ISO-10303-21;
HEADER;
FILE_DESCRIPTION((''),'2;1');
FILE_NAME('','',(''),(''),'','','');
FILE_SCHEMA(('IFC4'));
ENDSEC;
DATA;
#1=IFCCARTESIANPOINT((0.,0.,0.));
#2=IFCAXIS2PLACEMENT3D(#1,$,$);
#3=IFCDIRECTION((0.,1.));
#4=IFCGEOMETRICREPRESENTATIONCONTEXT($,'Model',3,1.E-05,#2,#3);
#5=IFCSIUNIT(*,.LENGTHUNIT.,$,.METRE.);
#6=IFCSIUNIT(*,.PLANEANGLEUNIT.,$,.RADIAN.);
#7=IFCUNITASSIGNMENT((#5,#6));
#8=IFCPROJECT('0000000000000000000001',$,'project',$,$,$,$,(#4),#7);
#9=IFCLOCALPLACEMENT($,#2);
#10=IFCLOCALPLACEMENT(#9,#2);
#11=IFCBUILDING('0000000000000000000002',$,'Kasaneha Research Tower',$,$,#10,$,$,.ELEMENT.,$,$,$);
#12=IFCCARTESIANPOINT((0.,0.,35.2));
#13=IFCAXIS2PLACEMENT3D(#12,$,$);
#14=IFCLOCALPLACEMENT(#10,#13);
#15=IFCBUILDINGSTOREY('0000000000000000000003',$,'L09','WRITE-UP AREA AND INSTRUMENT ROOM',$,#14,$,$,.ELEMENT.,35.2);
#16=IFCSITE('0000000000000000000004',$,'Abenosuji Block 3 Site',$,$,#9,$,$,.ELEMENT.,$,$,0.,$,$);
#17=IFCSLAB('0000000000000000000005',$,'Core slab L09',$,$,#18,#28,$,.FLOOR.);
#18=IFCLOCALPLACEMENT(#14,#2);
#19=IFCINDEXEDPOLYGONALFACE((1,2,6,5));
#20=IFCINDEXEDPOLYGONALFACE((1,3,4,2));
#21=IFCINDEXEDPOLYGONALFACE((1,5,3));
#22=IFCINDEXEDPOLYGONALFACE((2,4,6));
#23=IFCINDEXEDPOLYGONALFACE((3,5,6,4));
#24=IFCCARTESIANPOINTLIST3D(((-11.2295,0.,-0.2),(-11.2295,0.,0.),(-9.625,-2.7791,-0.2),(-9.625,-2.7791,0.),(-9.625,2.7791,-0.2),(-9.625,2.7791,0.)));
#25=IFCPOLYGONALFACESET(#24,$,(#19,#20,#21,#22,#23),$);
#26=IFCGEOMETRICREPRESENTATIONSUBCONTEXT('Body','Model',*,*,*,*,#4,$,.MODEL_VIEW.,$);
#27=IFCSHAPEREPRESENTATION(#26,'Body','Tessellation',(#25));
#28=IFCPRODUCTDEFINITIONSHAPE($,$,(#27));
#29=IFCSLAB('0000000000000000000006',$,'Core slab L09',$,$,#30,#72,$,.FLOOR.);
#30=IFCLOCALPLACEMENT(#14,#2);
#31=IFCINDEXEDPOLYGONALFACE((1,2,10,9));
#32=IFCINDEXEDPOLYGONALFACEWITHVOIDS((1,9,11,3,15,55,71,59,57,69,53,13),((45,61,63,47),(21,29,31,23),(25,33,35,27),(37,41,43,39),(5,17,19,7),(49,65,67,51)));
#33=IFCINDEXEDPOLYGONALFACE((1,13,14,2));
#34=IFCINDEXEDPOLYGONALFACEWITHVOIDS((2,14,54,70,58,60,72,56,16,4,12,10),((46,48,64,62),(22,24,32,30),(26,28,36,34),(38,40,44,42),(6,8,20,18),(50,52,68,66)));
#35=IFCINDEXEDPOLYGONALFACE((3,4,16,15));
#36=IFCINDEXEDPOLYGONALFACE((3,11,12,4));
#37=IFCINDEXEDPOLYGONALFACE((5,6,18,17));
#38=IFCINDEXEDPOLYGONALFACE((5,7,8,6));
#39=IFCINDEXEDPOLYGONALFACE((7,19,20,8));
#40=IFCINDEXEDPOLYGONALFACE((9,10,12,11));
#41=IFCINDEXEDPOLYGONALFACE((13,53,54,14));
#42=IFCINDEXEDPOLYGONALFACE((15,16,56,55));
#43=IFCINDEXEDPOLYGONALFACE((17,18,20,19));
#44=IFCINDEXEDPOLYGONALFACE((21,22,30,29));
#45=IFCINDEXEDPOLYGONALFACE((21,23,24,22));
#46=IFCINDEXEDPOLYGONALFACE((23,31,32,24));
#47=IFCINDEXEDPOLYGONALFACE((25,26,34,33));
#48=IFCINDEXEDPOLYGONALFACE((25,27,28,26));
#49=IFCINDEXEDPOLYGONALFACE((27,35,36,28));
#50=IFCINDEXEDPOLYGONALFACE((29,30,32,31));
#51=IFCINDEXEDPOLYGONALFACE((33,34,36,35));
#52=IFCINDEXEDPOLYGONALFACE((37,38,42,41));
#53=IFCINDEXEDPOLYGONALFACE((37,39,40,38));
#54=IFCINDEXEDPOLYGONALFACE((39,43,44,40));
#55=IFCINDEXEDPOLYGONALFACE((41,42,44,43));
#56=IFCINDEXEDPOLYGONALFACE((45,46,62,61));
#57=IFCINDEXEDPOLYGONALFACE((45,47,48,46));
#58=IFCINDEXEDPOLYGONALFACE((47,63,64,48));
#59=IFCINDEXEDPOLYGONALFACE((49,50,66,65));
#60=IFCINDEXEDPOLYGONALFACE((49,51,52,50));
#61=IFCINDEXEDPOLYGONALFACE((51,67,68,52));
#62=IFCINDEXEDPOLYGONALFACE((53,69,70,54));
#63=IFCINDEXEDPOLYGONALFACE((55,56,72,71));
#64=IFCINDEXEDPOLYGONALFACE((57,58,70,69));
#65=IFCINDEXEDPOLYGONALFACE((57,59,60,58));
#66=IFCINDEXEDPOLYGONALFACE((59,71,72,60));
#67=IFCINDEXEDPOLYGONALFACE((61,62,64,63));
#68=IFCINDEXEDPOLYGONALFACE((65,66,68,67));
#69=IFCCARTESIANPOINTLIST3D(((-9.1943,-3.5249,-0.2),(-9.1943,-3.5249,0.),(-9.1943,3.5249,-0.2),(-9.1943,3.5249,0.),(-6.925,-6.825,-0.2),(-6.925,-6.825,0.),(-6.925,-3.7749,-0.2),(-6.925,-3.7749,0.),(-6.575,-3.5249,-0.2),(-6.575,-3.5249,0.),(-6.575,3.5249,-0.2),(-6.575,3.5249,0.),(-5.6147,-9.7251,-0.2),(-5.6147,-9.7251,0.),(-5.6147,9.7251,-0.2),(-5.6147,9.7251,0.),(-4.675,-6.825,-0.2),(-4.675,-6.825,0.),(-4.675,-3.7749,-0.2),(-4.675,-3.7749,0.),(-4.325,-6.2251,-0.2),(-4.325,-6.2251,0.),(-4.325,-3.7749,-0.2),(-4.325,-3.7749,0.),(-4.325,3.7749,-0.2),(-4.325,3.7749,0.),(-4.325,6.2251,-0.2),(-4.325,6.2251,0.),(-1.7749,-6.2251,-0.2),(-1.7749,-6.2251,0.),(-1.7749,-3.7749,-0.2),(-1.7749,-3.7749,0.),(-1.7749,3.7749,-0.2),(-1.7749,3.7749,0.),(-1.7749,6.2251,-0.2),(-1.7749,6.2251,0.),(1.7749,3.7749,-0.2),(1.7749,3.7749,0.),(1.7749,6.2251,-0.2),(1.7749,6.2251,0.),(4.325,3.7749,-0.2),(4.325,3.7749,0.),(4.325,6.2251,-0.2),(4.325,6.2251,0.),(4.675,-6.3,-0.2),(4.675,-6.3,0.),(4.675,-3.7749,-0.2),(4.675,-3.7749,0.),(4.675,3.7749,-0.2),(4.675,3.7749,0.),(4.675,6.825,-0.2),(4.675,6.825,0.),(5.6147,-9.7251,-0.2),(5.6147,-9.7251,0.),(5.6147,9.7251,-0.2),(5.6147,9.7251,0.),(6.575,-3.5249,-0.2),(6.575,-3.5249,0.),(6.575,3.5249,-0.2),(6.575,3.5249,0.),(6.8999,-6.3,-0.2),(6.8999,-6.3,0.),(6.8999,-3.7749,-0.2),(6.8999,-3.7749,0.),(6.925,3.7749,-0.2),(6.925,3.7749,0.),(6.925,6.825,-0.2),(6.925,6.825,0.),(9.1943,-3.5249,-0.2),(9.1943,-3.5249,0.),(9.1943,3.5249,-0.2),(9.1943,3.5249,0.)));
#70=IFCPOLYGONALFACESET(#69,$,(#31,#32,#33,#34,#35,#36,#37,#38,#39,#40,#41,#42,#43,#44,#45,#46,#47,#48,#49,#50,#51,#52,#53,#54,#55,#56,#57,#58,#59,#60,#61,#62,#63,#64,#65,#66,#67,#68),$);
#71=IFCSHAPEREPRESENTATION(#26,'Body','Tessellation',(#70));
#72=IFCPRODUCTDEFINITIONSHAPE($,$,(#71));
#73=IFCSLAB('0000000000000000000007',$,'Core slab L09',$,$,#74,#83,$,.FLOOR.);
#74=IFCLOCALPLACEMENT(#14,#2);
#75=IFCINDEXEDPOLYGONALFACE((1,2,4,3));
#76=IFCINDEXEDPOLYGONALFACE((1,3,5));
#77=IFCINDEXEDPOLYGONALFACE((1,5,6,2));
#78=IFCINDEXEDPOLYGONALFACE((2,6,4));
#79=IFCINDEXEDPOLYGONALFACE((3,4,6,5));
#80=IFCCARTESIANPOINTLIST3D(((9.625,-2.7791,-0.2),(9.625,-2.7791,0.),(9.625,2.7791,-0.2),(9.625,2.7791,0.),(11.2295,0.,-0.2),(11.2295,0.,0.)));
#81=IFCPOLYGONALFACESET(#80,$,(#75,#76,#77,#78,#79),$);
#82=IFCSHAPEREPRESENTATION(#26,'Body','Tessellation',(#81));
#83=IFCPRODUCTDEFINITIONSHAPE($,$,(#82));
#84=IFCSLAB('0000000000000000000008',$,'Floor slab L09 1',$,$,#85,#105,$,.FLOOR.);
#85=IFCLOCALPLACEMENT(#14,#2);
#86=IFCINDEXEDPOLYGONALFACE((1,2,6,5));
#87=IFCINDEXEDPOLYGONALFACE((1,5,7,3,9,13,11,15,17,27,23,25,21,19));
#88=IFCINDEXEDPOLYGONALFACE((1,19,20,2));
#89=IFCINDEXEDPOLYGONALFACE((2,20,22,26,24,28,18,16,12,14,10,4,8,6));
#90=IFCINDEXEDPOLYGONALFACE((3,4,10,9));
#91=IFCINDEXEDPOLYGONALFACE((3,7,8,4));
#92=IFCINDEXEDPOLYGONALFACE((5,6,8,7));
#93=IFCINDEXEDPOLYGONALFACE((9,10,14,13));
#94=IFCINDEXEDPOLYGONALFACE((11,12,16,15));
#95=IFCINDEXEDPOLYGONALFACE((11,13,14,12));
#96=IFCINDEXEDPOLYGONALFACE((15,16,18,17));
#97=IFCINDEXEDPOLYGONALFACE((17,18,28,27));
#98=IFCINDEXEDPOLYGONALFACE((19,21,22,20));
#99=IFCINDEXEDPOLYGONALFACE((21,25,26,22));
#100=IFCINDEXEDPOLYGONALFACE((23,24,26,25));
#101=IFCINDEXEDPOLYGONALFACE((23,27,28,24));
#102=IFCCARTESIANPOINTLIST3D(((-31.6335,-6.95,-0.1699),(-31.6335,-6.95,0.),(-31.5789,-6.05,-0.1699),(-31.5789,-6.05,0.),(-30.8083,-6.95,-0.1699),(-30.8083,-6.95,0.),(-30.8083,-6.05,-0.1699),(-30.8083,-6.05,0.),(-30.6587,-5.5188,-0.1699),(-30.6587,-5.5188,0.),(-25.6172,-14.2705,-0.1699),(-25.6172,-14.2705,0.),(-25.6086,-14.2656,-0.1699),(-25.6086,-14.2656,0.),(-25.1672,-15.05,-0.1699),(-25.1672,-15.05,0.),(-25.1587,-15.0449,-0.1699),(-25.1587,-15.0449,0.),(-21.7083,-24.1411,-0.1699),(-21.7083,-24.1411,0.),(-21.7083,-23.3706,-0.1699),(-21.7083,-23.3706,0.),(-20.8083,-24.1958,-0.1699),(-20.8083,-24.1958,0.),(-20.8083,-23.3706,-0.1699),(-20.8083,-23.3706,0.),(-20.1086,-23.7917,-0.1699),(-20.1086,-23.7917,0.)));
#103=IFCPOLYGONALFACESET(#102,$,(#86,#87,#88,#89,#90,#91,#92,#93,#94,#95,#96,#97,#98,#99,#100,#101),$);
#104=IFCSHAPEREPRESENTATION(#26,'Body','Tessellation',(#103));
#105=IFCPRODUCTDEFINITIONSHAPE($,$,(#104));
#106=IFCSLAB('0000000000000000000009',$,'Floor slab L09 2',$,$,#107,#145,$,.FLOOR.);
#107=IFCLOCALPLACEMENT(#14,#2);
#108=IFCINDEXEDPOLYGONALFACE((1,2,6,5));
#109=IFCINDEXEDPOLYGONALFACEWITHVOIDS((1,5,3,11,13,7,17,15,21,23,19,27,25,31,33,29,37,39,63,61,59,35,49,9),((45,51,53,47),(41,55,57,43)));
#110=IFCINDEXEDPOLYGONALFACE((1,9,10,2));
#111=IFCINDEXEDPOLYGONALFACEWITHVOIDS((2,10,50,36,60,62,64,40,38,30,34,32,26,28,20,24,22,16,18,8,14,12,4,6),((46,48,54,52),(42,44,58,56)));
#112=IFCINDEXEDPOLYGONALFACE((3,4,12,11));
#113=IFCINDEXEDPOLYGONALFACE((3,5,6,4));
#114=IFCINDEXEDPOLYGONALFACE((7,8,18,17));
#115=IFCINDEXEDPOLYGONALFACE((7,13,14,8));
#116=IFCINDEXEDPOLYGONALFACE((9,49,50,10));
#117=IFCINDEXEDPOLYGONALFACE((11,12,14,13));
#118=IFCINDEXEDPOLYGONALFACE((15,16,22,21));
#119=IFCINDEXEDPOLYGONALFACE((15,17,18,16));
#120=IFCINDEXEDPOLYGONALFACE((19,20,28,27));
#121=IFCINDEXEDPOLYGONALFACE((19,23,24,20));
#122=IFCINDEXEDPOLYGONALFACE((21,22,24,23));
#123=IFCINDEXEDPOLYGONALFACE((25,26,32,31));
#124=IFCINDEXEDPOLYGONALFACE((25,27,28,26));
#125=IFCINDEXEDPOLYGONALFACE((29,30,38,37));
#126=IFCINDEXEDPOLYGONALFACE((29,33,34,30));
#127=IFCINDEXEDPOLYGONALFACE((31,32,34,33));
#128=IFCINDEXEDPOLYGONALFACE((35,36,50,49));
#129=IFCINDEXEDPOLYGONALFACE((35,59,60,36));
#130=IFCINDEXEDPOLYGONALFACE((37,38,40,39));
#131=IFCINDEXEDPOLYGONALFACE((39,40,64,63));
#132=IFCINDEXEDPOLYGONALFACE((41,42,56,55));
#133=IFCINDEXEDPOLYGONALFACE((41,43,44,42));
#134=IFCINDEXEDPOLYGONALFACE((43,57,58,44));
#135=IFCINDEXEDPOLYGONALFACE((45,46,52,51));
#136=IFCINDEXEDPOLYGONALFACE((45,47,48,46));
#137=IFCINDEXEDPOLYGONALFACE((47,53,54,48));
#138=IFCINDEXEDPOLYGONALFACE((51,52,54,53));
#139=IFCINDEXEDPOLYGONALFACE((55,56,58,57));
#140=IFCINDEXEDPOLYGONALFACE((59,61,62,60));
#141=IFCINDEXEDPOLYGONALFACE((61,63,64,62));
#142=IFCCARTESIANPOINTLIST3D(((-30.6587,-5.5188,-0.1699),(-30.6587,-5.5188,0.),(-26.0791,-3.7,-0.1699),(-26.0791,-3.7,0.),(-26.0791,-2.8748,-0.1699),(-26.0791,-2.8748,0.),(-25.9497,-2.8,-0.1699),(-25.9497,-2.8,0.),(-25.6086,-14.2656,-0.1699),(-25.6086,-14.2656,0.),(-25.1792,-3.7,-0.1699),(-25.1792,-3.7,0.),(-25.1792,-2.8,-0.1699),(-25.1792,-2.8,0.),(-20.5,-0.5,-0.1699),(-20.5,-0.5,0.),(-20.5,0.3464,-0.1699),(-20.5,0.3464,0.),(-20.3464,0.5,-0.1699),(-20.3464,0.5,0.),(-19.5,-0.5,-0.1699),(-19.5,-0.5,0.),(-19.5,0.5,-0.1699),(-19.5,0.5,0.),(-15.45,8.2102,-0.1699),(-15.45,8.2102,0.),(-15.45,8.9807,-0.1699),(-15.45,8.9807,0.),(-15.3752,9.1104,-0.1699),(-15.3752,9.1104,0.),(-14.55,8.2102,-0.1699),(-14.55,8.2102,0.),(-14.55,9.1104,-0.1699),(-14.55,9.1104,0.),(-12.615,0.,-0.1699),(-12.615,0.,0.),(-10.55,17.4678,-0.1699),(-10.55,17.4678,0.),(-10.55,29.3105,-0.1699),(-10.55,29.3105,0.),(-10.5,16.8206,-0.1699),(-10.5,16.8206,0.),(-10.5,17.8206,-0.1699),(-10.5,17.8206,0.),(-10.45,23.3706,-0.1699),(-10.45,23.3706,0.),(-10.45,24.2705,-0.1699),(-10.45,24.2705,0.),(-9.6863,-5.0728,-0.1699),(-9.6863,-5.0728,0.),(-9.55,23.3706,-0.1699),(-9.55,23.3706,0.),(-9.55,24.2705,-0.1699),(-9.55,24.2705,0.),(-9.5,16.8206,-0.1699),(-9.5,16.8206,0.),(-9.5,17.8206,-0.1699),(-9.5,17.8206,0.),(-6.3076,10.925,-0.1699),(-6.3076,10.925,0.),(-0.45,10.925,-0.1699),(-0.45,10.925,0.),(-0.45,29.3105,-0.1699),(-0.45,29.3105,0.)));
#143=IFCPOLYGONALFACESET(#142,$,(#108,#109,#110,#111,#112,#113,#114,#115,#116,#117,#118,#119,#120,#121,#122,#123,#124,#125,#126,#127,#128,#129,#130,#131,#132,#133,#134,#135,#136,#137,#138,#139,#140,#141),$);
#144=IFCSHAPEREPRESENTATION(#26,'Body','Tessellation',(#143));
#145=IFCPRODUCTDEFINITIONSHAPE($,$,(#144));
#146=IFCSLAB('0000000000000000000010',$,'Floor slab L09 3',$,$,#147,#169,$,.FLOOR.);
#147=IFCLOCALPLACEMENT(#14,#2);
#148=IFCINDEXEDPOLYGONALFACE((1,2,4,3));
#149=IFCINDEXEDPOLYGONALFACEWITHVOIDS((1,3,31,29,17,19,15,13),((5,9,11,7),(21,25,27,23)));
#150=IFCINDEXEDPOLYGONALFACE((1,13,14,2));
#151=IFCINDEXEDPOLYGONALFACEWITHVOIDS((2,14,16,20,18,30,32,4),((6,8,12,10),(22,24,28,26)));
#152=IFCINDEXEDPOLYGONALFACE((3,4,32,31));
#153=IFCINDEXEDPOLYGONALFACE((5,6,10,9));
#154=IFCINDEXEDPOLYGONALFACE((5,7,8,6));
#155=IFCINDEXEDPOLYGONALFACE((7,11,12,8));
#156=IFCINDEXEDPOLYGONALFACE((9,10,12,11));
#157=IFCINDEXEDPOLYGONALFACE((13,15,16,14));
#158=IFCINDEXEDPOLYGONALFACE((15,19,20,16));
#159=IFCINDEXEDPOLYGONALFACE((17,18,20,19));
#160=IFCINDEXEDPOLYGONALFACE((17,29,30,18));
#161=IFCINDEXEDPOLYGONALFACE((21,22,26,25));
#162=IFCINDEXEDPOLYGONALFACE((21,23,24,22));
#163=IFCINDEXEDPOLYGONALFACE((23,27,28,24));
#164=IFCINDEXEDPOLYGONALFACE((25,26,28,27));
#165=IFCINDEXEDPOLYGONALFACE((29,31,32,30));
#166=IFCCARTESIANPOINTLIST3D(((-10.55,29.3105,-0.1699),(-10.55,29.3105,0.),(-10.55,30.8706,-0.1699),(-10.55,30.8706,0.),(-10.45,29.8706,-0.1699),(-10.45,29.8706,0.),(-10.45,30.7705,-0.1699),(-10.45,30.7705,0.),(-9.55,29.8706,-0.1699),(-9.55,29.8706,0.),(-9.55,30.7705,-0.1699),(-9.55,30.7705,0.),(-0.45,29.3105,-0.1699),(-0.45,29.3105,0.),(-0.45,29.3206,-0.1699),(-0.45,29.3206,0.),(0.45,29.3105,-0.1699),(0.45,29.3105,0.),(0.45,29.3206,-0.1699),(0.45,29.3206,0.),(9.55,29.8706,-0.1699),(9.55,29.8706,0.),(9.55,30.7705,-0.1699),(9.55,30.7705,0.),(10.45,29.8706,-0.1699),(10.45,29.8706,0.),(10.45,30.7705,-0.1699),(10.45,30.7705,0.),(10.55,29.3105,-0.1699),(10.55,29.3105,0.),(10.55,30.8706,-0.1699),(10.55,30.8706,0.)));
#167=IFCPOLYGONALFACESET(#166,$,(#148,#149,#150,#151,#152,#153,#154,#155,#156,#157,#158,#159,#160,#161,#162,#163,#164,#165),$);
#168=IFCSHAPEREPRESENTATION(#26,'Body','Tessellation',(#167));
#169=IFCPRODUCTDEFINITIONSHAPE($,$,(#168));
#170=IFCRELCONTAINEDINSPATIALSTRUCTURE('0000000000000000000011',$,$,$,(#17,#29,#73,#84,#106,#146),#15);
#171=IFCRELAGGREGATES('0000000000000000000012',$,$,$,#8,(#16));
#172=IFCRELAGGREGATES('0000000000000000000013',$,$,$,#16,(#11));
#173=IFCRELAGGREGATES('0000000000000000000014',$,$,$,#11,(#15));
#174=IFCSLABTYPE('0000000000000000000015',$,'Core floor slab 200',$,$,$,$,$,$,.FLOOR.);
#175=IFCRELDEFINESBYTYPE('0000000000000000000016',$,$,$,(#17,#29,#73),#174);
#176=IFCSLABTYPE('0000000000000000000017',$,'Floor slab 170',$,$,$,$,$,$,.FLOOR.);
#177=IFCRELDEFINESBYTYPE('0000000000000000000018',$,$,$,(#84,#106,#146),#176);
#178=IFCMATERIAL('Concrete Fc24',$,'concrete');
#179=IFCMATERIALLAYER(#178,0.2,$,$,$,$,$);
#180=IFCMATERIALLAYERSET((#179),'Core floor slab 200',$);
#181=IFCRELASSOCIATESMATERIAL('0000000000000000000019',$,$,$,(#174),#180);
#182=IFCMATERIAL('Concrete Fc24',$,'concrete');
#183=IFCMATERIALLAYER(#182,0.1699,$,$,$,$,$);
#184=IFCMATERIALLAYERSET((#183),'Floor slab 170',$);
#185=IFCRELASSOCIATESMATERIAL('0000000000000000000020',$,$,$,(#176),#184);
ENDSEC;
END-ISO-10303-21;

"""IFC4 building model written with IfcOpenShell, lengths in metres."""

from ifc_helpers import new_model, si_unit, direction, frame, origin, place, context, subcontext, project, spatial, polyline, outline, extrude, material, layer, layer_set, type_object, element, save


model = new_model("IFC4")

# Units and contexts
model_context = context("Model", 3, precision=1e-05, world=origin(), true_north=direction((0.0, 1.0)))
body_context = subcontext(model_context, "Body", "Model", "MODEL_VIEW")
ifc_project = project(units=[si_unit("LENGTHUNIT", "METRE"), si_unit("PLANEANGLEUNIT", "RADIAN")], contexts=[model_context])

# Site, building, storey
site_placement = place(None, origin())
site = spatial("IfcSite", under=ifc_project, at=site_placement, Name="Abenosuji Block 3 Site", CompositionType="ELEMENT", RefElevation=0.0)
building_placement = place(site_placement, origin())
building = spatial("IfcBuilding", under=site, at=building_placement, Name="Kasaneha Research Tower", CompositionType="ELEMENT")
storey_placement = place(building_placement, frame((0.0, 0.0, 35.2)))
storey = spatial("IfcBuildingStorey", under=building, at=storey_placement, Name="L09", Description="WRITE-UP AREA AND INSTRUMENT ROOM", CompositionType="ELEMENT", Elevation=35.2)

# Slabs
ifc_material_1 = material(Name="Concrete Fc24", Category="concrete")
ifc_layer_1 = layer(ifc_material_1, 0.2)
ifc_layer_set_1 = layer_set([ifc_layer_1], Name="Core floor slab 200")
slab_type_1 = type_object("IfcSlabType", Name="Core floor slab 200", PredefinedType="FLOOR", material=ifc_layer_set_1)
slab_1_placement = place(storey_placement, frame((0.0, 0.0, -0.2)))
element("IfcSlab", 1, at=slab_1_placement, inside=storey, type_object=slab_type_1, Name="Core slab L09", PredefinedType="FLOOR", context=body_context, shape_type="SweptSolid", body=[
    extrude(outline(polyline([(-11.2295, 0.0), (-9.625, 2.7791), (-9.625, -2.7791), (-11.2295, 0.0)])), origin(), (0.0, 0.0, 1.0), 0.2),
])
slab_2_placement = place(storey_placement, frame((0.0, 0.0, -0.2)))
element("IfcSlab", 2, at=slab_2_placement, inside=storey, type_object=slab_type_1, Name="Core slab L09", PredefinedType="FLOOR", context=body_context, shape_type="SweptSolid", body=[
    extrude(outline(polyline([(-5.6147, 9.7251), (5.6147, 9.7251), (9.1943, 3.5249), (6.575, 3.5249), (6.575, -3.5249), (9.1943, -3.5249), (5.6147, -9.7251), (-5.6147, -9.7251), (-9.1943, -3.5249), (-6.575, -3.5249), (-6.575, 3.5249), (-9.1943, 3.5249), (-5.6147, 9.7251)]), holes=[polyline([(-6.925, -3.7749), (-6.925, -6.825), (-4.675, -6.825), (-4.675, -3.7749), (-6.925, -3.7749)]), polyline([(4.675, -3.7749), (4.675, -6.3), (6.8999, -6.3), (6.8999, -3.7749), (4.675, -3.7749)]), polyline([(-4.325, -3.7749), (-4.325, -6.2251), (-1.7749, -6.2251), (-1.7749, -3.7749), (-4.325, -3.7749)]), polyline([(-4.325, 6.2251), (-4.325, 3.7749), (-1.7749, 3.7749), (-1.7749, 6.2251), (-4.325, 6.2251)]), polyline([(1.7749, 6.2251), (1.7749, 3.7749), (4.325, 3.7749), (4.325, 6.2251), (1.7749, 6.2251)]), polyline([(4.675, 6.825), (4.675, 3.7749), (6.925, 3.7749), (6.925, 6.825), (4.675, 6.825)])]), origin(), (0.0, 0.0, 1.0), 0.2),
])
slab_3_placement = place(storey_placement, frame((0.0, 0.0, -0.2)))
element("IfcSlab", 3, at=slab_3_placement, inside=storey, type_object=slab_type_1, Name="Core slab L09", PredefinedType="FLOOR", context=body_context, shape_type="SweptSolid", body=[
    extrude(outline(polyline([(11.2295, 0.0), (9.625, -2.7791), (9.625, 2.7791), (11.2295, 0.0)])), origin(), (0.0, 0.0, 1.0), 0.2),
])
ifc_material_2 = material(Name="Concrete Fc24", Category="concrete")
ifc_layer_2 = layer(ifc_material_2, 0.1699)
ifc_layer_set_2 = layer_set([ifc_layer_2], Name="Floor slab 170")
slab_type_2 = type_object("IfcSlabType", Name="Floor slab 170", PredefinedType="FLOOR", material=ifc_layer_set_2)
slab_4_placement = place(storey_placement, frame((0.0, 0.0, -0.1699)))
element("IfcSlab", 4, at=slab_4_placement, inside=storey, type_object=slab_type_2, Name="Floor slab L09 1", PredefinedType="FLOOR", context=body_context, shape_type="SweptSolid", body=[
    extrude(outline(polyline([(-25.1672, -15.05), (-25.1587, -15.0449), (-20.1086, -23.7917), (-20.8083, -24.1958), (-20.8083, -23.3706), (-21.7083, -23.3706), (-21.7083, -24.1411), (-31.6335, -6.95), (-30.8083, -6.95), (-30.8083, -6.05), (-31.5789, -6.05), (-30.6587, -5.5188), (-25.6086, -14.2656), (-25.6172, -14.2705), (-25.1672, -15.05)])), origin(), (0.0, 0.0, 1.0), 0.1699),
])
slab_5_placement = place(storey_placement, frame((0.0, 0.0, -0.1699)))
element("IfcSlab", 5, at=slab_5_placement, inside=storey, type_object=slab_type_2, Name="Floor slab L09 2", PredefinedType="FLOOR", context=body_context, shape_type="SweptSolid", body=[
    extrude(outline(polyline([(-25.1792, -2.8), (-25.9497, -2.8), (-20.5, 0.3464), (-20.5, -0.5), (-19.5, -0.5), (-19.5, 0.5), (-20.3464, 0.5), (-15.45, 8.9807), (-15.45, 8.2102), (-14.55, 8.2102), (-14.55, 9.1104), (-15.3752, 9.1104), (-10.55, 17.4678), (-10.55, 29.3105), (-0.45, 29.3105), (-0.45, 10.925), (-6.3076, 10.925), (-12.615, 0.0), (-9.6863, -5.0728), (-25.6086, -14.2656), (-30.6587, -5.5188), (-26.0791, -2.8748), (-26.0791, -3.7), (-25.1792, -3.7), (-25.1792, -2.8)]), holes=[polyline([(-9.5, 16.8206), (-9.5, 17.8206), (-10.5, 17.8206), (-10.5, 16.8206), (-9.5, 16.8206)]), polyline([(-10.45, 23.3706), (-9.55, 23.3706), (-9.55, 24.2705), (-10.45, 24.2705), (-10.45, 23.3706)])]), origin(), (0.0, 0.0, 1.0), 0.1699),
])
slab_6_placement = place(storey_placement, frame((0.0, 0.0, -0.1699)))
element("IfcSlab", 6, at=slab_6_placement, inside=storey, type_object=slab_type_2, Name="Floor slab L09 3", PredefinedType="FLOOR", context=body_context, shape_type="SweptSolid", body=[
    extrude(outline(polyline([(10.55, 29.3105), (0.45, 29.3105), (0.45, 29.3206), (-0.45, 29.3206), (-0.45, 29.3105), (-10.55, 29.3105), (-10.55, 30.8706), (10.55, 30.8706), (10.55, 29.3105)]), holes=[polyline([(-9.55, 29.8706), (-9.55, 30.7705), (-10.45, 30.7705), (-10.45, 29.8706), (-9.55, 29.8706)]), polyline([(9.55, 29.8706), (10.45, 29.8706), (10.45, 30.7705), (9.55, 30.7705), (9.55, 29.8706)])]), origin(), (0.0, 0.0, 1.0), 0.1699),
])

save(model, "model.ifc")
